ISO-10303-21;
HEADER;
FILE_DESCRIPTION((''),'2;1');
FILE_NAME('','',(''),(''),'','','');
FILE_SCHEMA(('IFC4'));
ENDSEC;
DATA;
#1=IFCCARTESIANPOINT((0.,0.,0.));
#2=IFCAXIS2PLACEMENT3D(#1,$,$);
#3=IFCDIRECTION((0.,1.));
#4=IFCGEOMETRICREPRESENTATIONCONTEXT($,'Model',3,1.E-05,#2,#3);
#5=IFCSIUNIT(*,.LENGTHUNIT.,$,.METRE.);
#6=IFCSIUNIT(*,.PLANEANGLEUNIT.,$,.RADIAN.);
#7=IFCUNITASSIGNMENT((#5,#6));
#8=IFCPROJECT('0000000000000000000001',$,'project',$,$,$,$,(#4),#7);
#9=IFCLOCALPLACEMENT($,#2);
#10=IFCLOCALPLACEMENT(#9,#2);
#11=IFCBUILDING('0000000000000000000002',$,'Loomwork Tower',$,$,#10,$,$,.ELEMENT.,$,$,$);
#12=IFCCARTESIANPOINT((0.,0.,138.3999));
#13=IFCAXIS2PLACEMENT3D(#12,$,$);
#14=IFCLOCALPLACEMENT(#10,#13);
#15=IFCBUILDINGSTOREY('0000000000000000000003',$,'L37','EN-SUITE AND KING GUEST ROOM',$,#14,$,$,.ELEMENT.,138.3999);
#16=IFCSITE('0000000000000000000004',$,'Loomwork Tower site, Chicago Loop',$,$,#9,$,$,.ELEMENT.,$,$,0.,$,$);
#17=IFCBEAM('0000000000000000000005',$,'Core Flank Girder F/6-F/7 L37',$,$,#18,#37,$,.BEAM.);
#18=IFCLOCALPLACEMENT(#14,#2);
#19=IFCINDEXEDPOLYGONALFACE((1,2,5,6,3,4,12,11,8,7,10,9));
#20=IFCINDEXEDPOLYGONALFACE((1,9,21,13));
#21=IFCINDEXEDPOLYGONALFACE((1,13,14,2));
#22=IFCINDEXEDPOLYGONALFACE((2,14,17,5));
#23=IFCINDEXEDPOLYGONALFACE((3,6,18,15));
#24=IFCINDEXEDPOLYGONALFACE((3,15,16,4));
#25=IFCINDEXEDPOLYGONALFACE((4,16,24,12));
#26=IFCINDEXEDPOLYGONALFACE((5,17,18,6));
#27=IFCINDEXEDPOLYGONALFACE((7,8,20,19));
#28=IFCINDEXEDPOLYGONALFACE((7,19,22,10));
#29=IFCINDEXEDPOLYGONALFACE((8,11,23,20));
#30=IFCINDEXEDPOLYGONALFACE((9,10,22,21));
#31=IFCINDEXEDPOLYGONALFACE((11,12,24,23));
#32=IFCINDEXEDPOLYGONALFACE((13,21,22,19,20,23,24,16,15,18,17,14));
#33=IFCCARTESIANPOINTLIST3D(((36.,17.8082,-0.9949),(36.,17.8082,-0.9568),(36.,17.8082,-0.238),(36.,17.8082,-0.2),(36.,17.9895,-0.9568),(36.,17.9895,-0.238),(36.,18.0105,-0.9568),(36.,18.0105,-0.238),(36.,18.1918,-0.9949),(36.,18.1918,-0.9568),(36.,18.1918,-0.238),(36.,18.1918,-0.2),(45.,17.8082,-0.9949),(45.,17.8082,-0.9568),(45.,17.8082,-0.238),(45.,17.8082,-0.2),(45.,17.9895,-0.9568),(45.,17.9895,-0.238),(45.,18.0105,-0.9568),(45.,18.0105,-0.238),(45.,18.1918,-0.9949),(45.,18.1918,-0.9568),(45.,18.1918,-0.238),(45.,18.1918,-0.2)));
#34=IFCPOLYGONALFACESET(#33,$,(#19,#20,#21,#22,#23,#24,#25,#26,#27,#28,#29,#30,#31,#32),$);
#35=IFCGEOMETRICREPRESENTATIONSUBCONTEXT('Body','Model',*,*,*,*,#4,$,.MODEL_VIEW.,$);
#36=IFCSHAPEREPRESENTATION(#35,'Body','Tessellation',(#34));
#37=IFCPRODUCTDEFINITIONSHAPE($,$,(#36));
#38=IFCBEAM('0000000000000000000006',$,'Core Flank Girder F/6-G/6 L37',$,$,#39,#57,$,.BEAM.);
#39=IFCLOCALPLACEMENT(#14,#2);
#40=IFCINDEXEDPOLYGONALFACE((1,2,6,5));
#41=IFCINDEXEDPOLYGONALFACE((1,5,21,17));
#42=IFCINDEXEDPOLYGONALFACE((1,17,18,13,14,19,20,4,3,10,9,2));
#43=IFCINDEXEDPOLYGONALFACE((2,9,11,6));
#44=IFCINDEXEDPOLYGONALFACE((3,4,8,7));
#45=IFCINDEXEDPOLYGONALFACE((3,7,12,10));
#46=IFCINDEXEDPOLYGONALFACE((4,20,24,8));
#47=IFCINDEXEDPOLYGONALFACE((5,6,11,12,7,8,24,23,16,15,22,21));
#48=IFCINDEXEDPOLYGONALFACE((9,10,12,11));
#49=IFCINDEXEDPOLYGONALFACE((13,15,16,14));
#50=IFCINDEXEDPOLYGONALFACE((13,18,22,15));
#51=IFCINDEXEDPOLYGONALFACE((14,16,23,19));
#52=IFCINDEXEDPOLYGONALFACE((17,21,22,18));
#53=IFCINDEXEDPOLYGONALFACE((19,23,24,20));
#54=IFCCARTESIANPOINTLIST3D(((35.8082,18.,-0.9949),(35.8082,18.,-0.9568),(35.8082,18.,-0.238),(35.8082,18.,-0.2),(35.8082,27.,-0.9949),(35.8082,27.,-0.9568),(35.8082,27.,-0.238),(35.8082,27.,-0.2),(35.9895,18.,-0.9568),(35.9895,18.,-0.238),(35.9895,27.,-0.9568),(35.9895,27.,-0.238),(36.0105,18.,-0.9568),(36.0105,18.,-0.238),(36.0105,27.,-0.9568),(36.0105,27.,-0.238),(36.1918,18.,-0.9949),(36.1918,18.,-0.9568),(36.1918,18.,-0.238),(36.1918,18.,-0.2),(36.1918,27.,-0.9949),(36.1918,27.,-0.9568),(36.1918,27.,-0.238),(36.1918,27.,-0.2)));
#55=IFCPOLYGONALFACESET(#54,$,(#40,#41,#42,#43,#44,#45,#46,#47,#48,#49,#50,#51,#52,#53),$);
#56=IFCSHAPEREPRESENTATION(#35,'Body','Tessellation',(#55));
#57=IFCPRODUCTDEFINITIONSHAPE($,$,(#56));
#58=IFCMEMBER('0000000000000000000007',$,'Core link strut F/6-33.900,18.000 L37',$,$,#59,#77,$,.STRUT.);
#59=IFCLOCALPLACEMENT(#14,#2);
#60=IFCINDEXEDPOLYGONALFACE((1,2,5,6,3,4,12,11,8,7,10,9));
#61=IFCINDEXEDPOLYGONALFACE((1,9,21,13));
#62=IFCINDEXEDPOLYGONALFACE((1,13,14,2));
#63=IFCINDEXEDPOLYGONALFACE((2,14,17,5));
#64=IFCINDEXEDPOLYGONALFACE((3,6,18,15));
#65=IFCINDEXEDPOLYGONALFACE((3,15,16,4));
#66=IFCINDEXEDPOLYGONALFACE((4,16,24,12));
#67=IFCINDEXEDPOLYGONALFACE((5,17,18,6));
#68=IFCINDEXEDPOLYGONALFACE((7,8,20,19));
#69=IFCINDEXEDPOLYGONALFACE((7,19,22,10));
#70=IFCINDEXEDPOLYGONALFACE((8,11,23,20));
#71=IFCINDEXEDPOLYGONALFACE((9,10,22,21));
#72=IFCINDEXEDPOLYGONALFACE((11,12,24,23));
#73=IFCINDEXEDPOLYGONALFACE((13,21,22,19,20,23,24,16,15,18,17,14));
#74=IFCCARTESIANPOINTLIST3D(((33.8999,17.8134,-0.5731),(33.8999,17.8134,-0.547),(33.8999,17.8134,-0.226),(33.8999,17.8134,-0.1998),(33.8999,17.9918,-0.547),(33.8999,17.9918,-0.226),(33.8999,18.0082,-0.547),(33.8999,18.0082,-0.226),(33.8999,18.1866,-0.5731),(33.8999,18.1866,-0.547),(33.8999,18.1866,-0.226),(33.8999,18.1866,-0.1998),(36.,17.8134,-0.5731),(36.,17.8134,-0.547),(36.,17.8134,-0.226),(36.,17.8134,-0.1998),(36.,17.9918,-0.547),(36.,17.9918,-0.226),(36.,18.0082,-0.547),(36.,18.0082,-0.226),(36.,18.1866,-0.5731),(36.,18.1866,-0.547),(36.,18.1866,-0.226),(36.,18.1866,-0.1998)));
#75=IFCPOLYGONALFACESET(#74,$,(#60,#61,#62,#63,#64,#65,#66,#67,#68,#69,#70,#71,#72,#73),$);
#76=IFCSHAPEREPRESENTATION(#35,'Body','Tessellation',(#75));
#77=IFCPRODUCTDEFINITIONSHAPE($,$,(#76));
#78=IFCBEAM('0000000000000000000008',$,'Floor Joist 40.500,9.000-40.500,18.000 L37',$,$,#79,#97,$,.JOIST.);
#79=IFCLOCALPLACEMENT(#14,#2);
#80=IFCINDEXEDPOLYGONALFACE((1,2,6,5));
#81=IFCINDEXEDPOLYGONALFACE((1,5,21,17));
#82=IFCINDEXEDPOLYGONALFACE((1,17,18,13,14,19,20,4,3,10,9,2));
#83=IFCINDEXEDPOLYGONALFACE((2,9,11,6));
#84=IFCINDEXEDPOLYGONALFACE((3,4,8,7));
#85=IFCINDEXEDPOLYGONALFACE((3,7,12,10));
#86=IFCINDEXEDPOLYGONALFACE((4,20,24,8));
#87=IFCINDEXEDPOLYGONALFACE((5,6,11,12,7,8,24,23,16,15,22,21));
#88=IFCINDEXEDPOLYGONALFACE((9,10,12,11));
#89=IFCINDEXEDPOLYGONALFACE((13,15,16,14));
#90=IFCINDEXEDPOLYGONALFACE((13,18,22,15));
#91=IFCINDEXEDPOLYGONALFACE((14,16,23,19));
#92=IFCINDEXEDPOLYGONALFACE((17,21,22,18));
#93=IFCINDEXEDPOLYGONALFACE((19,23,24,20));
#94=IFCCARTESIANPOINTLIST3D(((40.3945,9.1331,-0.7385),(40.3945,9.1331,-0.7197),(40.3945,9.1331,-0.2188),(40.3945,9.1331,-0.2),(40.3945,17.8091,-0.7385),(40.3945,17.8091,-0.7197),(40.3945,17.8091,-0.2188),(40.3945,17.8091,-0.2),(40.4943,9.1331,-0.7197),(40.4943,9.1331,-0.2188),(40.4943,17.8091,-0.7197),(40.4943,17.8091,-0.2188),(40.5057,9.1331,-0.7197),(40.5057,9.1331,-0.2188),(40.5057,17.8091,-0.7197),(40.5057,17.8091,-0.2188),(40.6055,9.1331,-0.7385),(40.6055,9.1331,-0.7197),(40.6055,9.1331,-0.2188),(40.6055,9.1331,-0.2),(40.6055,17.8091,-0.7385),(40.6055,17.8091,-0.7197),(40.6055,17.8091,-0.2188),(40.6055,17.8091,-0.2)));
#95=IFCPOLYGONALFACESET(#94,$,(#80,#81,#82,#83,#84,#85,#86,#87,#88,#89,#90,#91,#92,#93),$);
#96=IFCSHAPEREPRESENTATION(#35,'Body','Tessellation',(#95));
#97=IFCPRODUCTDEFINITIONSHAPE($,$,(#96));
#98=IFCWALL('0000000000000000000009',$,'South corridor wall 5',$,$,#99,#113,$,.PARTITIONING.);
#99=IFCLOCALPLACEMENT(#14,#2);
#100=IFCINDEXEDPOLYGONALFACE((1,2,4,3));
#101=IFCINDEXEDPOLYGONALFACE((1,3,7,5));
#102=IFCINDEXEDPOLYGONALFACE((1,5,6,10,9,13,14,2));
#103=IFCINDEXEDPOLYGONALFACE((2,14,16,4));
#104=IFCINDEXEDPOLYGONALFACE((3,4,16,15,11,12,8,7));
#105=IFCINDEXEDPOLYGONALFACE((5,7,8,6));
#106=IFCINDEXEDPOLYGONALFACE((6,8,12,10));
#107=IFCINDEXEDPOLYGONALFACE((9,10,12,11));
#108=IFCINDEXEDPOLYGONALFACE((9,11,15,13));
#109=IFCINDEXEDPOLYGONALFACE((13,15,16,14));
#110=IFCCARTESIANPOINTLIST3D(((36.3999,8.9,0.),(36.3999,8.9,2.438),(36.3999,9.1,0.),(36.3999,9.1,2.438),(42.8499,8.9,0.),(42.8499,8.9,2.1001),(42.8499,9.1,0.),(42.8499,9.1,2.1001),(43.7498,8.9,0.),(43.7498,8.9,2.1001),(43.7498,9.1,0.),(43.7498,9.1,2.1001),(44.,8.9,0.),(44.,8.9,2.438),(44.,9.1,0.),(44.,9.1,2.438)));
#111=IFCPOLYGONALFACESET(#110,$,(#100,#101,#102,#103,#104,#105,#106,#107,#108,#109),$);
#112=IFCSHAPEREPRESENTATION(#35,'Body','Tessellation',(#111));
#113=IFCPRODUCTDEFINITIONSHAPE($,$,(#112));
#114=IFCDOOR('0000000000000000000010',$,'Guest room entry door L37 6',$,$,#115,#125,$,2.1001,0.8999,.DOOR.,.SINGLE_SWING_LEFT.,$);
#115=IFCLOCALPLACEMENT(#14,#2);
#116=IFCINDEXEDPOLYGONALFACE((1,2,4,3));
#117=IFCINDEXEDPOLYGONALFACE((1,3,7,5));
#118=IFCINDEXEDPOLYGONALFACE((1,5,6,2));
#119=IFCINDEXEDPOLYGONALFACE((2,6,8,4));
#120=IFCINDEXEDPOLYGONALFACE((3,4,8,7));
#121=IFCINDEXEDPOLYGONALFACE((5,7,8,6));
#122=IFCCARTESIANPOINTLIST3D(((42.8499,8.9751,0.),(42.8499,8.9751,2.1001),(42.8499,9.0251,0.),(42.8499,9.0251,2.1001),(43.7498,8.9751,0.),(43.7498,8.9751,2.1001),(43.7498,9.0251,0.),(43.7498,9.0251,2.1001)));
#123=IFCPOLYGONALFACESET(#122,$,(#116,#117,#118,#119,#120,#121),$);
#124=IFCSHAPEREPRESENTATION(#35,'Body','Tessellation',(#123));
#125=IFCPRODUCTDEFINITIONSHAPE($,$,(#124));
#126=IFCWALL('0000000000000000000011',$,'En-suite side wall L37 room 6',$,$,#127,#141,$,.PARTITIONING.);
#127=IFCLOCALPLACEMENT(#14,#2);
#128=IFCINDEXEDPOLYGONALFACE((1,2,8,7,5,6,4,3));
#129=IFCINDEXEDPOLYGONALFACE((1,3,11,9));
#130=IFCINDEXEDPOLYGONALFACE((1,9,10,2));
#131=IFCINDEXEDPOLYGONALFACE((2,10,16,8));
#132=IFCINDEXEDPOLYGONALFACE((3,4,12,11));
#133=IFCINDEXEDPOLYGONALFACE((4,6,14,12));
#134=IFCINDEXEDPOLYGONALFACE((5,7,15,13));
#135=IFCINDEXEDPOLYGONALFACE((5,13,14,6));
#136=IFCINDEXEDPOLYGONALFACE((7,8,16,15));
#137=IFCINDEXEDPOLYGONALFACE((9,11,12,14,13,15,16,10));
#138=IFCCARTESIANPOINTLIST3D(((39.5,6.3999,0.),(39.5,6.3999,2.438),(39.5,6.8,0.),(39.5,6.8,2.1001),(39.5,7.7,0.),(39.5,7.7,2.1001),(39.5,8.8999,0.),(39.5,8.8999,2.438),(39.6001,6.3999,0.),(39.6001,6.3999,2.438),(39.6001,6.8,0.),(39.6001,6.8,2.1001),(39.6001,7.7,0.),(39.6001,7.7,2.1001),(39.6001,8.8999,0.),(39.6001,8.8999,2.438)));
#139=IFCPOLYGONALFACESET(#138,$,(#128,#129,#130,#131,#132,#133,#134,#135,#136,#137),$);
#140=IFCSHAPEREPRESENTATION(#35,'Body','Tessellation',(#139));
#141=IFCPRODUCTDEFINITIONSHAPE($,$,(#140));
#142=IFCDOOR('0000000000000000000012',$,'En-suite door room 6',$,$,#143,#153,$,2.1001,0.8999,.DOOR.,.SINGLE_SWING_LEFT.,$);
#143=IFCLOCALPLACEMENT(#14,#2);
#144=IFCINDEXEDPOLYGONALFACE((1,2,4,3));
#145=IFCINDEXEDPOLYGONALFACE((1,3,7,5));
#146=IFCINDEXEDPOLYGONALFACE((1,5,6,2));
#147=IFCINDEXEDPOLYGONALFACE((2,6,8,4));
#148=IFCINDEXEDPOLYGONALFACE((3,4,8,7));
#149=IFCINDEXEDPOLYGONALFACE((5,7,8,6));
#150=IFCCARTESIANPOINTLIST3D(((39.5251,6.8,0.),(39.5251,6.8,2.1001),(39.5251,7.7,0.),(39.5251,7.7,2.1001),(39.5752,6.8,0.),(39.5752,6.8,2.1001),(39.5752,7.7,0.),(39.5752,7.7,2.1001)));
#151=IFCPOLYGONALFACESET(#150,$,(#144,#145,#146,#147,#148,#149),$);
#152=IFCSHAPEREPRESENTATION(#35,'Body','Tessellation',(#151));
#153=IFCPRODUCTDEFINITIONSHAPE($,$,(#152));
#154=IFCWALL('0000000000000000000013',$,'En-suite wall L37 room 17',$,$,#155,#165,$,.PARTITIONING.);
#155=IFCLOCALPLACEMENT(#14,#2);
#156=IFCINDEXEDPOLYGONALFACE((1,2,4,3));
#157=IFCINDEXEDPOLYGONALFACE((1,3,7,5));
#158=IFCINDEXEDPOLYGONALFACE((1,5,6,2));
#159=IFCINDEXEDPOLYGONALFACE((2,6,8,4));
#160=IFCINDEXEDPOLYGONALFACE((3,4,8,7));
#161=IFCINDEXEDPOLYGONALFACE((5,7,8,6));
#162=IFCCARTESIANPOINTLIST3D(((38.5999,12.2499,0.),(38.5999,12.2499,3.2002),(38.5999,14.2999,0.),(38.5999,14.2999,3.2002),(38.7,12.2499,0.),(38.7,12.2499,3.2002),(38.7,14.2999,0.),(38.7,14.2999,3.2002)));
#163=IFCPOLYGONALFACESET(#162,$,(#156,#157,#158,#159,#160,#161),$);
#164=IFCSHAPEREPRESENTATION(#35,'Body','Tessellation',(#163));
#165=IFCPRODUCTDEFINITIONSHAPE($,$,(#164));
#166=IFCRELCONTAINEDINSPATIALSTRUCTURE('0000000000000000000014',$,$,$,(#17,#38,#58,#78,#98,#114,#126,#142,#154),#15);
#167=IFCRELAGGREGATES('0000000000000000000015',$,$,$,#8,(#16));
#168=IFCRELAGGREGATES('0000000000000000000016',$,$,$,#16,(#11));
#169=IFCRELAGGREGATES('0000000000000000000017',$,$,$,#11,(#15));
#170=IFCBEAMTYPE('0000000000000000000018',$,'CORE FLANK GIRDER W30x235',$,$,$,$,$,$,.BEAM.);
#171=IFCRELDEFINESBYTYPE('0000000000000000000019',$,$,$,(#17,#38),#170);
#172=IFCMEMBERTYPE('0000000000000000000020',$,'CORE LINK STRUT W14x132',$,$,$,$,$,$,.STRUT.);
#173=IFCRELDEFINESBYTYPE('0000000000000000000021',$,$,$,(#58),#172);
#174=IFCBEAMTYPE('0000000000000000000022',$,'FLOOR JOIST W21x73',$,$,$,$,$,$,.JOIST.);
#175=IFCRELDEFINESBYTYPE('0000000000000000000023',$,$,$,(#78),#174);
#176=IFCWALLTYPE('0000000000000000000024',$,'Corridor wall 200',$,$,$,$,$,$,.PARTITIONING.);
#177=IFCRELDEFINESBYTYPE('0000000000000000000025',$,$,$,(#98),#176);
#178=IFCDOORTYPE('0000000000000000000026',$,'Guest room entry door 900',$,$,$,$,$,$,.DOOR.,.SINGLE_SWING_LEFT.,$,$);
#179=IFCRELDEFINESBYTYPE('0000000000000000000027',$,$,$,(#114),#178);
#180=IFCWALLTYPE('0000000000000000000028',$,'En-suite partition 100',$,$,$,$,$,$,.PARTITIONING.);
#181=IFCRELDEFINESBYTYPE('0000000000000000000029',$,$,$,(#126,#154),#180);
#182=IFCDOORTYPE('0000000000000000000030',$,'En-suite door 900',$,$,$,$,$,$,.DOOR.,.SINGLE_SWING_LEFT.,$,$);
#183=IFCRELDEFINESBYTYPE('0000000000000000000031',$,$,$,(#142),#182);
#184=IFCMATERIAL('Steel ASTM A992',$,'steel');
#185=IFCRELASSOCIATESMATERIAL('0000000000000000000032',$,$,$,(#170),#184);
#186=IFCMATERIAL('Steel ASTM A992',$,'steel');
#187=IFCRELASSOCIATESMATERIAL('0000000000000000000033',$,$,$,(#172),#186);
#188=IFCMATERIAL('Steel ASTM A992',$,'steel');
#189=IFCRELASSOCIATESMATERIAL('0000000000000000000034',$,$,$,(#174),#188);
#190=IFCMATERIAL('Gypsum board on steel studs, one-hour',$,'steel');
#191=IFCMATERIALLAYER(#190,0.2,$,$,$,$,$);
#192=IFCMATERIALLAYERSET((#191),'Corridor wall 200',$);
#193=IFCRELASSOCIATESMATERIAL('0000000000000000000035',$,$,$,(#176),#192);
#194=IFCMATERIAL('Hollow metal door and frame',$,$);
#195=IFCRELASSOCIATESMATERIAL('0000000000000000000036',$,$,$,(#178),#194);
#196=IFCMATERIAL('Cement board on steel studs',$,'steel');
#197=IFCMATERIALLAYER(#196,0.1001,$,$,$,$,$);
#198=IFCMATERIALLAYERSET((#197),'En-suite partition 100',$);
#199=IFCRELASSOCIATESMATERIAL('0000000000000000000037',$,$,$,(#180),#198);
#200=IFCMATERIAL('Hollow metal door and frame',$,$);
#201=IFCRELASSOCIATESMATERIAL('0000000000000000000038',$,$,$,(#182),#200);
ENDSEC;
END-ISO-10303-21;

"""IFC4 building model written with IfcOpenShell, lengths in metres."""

from ifc_helpers import new_model, si_unit, direction, frame, frame_2d, origin, origin_2d, place, context, subcontext, project, spatial, rectangle, i_section, extrude, material, layer, layer_set, material_profile, profile_set, type_object, element, fill, save


model = new_model("IFC4")

# Units and contexts
model_context = context("Model", 3, precision=1e-05, world=origin(), true_north=direction((0.0, 1.0)))
body_context = subcontext(model_context, "Body", "Model", "MODEL_VIEW")
ifc_project = project(units=[si_unit("LENGTHUNIT", "METRE"), si_unit("PLANEANGLEUNIT", "RADIAN")], contexts=[model_context])

# Site, building, storey
site_placement = place(None, origin())
site = spatial("IfcSite", under=ifc_project, at=site_placement, Name="Loomwork Tower site, Chicago Loop", CompositionType="ELEMENT", RefElevation=0.0)
building_placement = place(site_placement, origin())
building = spatial("IfcBuilding", under=site, at=building_placement, Name="Loomwork Tower", CompositionType="ELEMENT")
storey_placement = place(building_placement, frame((0.0, 0.0, 138.3999)))
storey = spatial("IfcBuildingStorey", under=building, at=storey_placement, Name="L37", Description="EN-SUITE AND KING GUEST ROOM", CompositionType="ELEMENT", Elevation=138.3999)

# Beams
ifc_material_1 = material(Name="Steel ASTM A992", Category="steel")
ifc_material_profile_1 = material_profile(ifc_material_1, i_section(OverallWidth=0.3835, OverallDepth=0.7949, WebThickness=0.021, FlangeThickness=0.0381, at=origin_2d()), Name="W30x235")
ifc_profile_set_1 = profile_set([ifc_material_profile_1], Name="Steel ASTM A992")
beam_type_1 = type_object("IfcBeamType", Name="CORE FLANK GIRDER W30x235", PredefinedType="BEAM", material=ifc_profile_set_1)
for number, where, z_axis, x_axis, name in (
    (1, (36.0, 18.0, -0.5974), (1.0, 0.0, 0.0), (0.0, 1.0, 0.0), "Core Flank Girder F/6-F/7 L37"),
    (2, (36.0, 18.0, -0.5974), (0.0, 1.0, 0.0), (-1.0, 0.0, 0.0), "Core Flank Girder F/6-G/6 L37"),
):
    element("IfcBeam", number, at=place(storey_placement, frame(where, z_axis=z_axis, x_axis=x_axis)), inside=storey, type_object=beam_type_1, Name=name, PredefinedType="BEAM", context=body_context, shape_type="SweptSolid", body=[
        extrude(i_section(OverallWidth=0.3835, OverallDepth=0.7949, WebThickness=0.021, FlangeThickness=0.0381, at=origin_2d()), origin(), (0.0, 0.0, 1.0), 9.0),
    ])

# Member
ifc_material_2 = material(Name="Steel ASTM A992", Category="steel")
ifc_material_profile_2 = material_profile(ifc_material_2, i_section(OverallWidth=0.3733, OverallDepth=0.3733, WebThickness=0.0164, FlangeThickness=0.0261, at=origin_2d()), Name="W14x132")
ifc_profile_set_2 = profile_set([ifc_material_profile_2], Name="Steel ASTM A992")
member_type = type_object("IfcMemberType", Name="CORE LINK STRUT W14x132", PredefinedType="STRUT", material=ifc_profile_set_2)
member_placement = place(storey_placement, frame((36.0, 18.0, -0.3865), z_axis=(-1.0, 0.0, 0.0), x_axis=(0.0, -1.0, 0.0)))
element("IfcMember", 3, at=member_placement, inside=storey, type_object=member_type, Name="Core link strut F/6-33.900,18.000 L37", PredefinedType="STRUT", context=body_context, shape_type="SweptSolid", body=[
    extrude(i_section(OverallWidth=0.3733, OverallDepth=0.3733, WebThickness=0.0164, FlangeThickness=0.0261, at=origin_2d()), origin(), (0.0, 0.0, 1.0), 2.1001),
])

# Beam
ifc_material_3 = material(Name="Steel ASTM A992", Category="steel")
ifc_material_profile_3 = material_profile(ifc_material_3, i_section(OverallWidth=0.2109, OverallDepth=0.5386, WebThickness=0.0115, FlangeThickness=0.0188, at=origin_2d()), Name="W21x73")
ifc_profile_set_3 = profile_set([ifc_material_profile_3], Name="Steel ASTM A992")
beam_type_2 = type_object("IfcBeamType", Name="FLOOR JOIST W21x73", PredefinedType="JOIST", material=ifc_profile_set_3)
beam_placement = place(storey_placement, frame((40.5, 9.1331, -0.4692), z_axis=(0.0, 1.0, 0.0), x_axis=(-1.0, 0.0, 0.0)))
element("IfcBeam", 4, at=beam_placement, inside=storey, type_object=beam_type_2, Name="Floor Joist 40.500,9.000-40.500,18.000 L37", PredefinedType="JOIST", context=body_context, shape_type="SweptSolid", body=[
    extrude(i_section(OverallWidth=0.2109, OverallDepth=0.5386, WebThickness=0.0115, FlangeThickness=0.0188, at=origin_2d()), origin(), (0.0, 0.0, 1.0), 8.676),
])

# Walls, openings, doors
ifc_material_4 = material(Name="Gypsum board on steel studs, one-hour", Category="steel")
ifc_layer_1 = layer(ifc_material_4, 0.2)
ifc_layer_set_1 = layer_set([ifc_layer_1], Name="Corridor wall 200")
wall_type_1 = type_object("IfcWallType", Name="Corridor wall 200", PredefinedType="PARTITIONING", material=ifc_layer_set_1)
wall_1_placement = place(storey_placement, frame((36.3999, 9.0, 0.0), z_axis=(0.0, 0.0, 1.0), x_axis=(1.0, 0.0, 0.0)))
wall_1 = element("IfcWall", 5, at=wall_1_placement, inside=storey, type_object=wall_type_1, Name="South corridor wall 5", PredefinedType="PARTITIONING", context=body_context, shape_type="SweptSolid", body=[
    extrude(rectangle(XDim=7.6001, YDim=0.2, at=frame_2d((3.8, 0.0))), origin(), (0.0, 0.0, 1.0), 2.438),
])
opening_1_placement = place(wall_1_placement, frame((6.45, 0.0, 0.0)))
opening_1 = element("IfcOpeningElement", 6, at=opening_1_placement, cuts=wall_1, PredefinedType="OPENING", context=body_context, shape_type="SweptSolid", body=[
    extrude(rectangle(XDim=0.8999, YDim=2.1001, at=frame_2d((0.45, 1.05))), frame((0.0, 0.1099, 0.0), z_axis=(0.0, -1.0, 0.0), x_axis=(1.0, 0.0, 0.0)), (0.0, 0.0, 1.0), 0.22),
])
ifc_material_5 = material(Name="Hollow metal door and frame")
door_type_1 = type_object("IfcDoorType", Name="Guest room entry door 900", OperationType="SINGLE_SWING_LEFT", PredefinedType="DOOR", material=ifc_material_5)
door_1_placement = place(opening_1_placement, frame((0.8999, 0.0, 0.0), z_axis=(0.0, 0.0, 1.0), x_axis=(-1.0, 0.0, 0.0)))
door_1 = element("IfcDoor", 7, at=door_1_placement, inside=storey, type_object=door_type_1, Name="Guest room entry door L37 6", OperationType="SINGLE_SWING_LEFT", OverallHeight=2.1001, OverallWidth=0.8999, PredefinedType="DOOR", context=body_context, shape_type="SweptSolid", body=[
    extrude(rectangle(XDim=0.8999, YDim=2.1001, at=frame_2d((0.45, 1.05))), frame((0.0, 0.0249, 0.0), z_axis=(0.0, -1.0, 0.0), x_axis=(1.0, 0.0, 0.0)), (0.0, 0.0, 1.0), 0.05),
])
fill(opening_1, door_1)
ifc_material_6 = material(Name="Cement board on steel studs", Category="steel")
ifc_layer_2 = layer(ifc_material_6, 0.1001)
ifc_layer_set_2 = layer_set([ifc_layer_2], Name="En-suite partition 100")
wall_type_2 = type_object("IfcWallType", Name="En-suite partition 100", PredefinedType="PARTITIONING", material=ifc_layer_set_2)
wall_2_placement = place(storey_placement, frame((39.55, 8.8999, 0.0), z_axis=(0.0, 0.0, 1.0), x_axis=(0.0, -1.0, 0.0)))
wall_2 = element("IfcWall", 8, at=wall_2_placement, inside=storey, type_object=wall_type_2, Name="En-suite side wall L37 room 6", PredefinedType="PARTITIONING", context=body_context, shape_type="SweptSolid", body=[
    extrude(rectangle(XDim=2.5, YDim=0.1001, at=frame_2d((1.25, 0.0))), origin(), (0.0, 0.0, 1.0), 2.438),
])
opening_2_placement = place(wall_2_placement, frame((1.2, 0.0, 0.0)))
opening_2 = element("IfcOpeningElement", 9, at=opening_2_placement, cuts=wall_2, PredefinedType="OPENING", context=body_context, shape_type="SweptSolid", body=[
    extrude(rectangle(XDim=0.8999, YDim=2.1001, at=frame_2d((0.45, 1.05))), frame((0.0, 0.0601, 0.0), z_axis=(0.0, -1.0, 0.0), x_axis=(1.0, 0.0, 0.0)), (0.0, 0.0, 1.0), 0.1201),
])
ifc_material_7 = material(Name="Hollow metal door and frame")
door_type_2 = type_object("IfcDoorType", Name="En-suite door 900", OperationType="SINGLE_SWING_LEFT", PredefinedType="DOOR", material=ifc_material_7)
door_2_placement = place(opening_2_placement, frame((0.8999, 0.0, 0.0), z_axis=(0.0, 0.0, 1.0), x_axis=(-1.0, 0.0, 0.0)))
door_2 = element("IfcDoor", 10, at=door_2_placement, inside=storey, type_object=door_type_2, Name="En-suite door room 6", OperationType="SINGLE_SWING_LEFT", OverallHeight=2.1001, OverallWidth=0.8999, PredefinedType="DOOR", context=body_context, shape_type="SweptSolid", body=[
    extrude(rectangle(XDim=0.8999, YDim=2.1001, at=frame_2d((0.45, 1.05))), frame((0.0, 0.0249, 0.0), z_axis=(0.0, -1.0, 0.0), x_axis=(1.0, 0.0, 0.0)), (0.0, 0.0, 1.0), 0.05),
])
fill(opening_2, door_2)

# Wall
wall_3_placement = place(storey_placement, frame((38.6499, 12.25, 0.0), z_axis=(0.0, 0.0, 1.0), x_axis=(0.0, 1.0, 0.0)))
element("IfcWall", 11, at=wall_3_placement, inside=storey, type_object=wall_type_2, Name="En-suite wall L37 room 17", PredefinedType="PARTITIONING", context=body_context, shape_type="SweptSolid", body=[
    extrude(rectangle(XDim=2.05, YDim=0.1001, at=frame_2d((1.0249, 0.0))), origin(), (0.0, 0.0, 1.0), 3.2002),
])

save(model, "model.ifc")
